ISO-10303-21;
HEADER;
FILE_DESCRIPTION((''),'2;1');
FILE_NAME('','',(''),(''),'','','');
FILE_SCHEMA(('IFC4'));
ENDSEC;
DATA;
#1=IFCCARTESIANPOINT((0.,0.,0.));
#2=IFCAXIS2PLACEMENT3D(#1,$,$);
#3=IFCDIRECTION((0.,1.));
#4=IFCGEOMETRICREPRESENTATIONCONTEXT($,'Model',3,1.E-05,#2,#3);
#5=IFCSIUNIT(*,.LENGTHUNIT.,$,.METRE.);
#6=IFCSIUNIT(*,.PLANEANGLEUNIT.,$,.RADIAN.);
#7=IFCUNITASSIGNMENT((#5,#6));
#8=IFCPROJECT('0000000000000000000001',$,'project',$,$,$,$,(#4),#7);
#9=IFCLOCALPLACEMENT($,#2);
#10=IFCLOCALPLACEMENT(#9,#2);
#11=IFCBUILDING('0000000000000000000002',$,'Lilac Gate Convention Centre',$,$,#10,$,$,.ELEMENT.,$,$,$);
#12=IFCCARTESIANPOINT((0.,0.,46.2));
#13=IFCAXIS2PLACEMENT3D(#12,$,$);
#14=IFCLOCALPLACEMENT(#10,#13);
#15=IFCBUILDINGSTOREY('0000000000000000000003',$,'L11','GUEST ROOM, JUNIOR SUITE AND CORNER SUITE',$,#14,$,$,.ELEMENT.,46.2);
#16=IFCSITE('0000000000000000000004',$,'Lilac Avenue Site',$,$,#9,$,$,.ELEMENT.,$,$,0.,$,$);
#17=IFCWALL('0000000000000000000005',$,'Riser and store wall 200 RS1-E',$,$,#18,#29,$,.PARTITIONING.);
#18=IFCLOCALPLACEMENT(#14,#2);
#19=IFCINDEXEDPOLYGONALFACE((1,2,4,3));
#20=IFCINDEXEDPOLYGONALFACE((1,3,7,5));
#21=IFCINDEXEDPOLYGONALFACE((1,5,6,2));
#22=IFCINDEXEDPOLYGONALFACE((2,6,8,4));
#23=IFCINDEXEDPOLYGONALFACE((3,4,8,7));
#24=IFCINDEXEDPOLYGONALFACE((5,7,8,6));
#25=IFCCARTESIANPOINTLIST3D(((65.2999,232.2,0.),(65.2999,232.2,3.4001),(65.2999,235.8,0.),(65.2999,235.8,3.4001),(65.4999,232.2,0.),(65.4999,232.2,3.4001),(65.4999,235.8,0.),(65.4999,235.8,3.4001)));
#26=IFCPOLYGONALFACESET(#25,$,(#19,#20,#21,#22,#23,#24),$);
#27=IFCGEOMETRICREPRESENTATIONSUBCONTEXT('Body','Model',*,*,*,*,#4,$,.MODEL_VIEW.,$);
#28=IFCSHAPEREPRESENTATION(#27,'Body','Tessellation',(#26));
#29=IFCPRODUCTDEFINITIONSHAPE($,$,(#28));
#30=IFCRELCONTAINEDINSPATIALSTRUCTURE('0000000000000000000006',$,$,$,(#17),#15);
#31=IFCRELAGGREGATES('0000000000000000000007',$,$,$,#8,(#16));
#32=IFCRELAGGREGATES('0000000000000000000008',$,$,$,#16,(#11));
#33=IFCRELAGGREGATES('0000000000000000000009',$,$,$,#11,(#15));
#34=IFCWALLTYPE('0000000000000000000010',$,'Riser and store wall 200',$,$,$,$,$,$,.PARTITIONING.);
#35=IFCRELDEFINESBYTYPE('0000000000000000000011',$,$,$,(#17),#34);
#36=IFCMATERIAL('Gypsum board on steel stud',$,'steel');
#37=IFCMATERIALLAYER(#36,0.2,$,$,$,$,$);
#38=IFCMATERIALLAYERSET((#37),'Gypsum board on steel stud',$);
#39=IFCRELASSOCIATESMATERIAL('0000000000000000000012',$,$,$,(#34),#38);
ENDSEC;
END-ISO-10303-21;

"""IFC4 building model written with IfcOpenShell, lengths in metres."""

from ifc_helpers import new_model, si_unit, direction, frame, frame_2d, origin, place, context, subcontext, project, spatial, rectangle, extrude, material, layer, layer_set, type_object, element, save


model = new_model("IFC4")

# Units and contexts
model_context = context("Model", 3, precision=1e-05, world=origin(), true_north=direction((0.0, 1.0)))
body_context = subcontext(model_context, "Body", "Model", "MODEL_VIEW")
ifc_project = project(units=[si_unit("LENGTHUNIT", "METRE"), si_unit("PLANEANGLEUNIT", "RADIAN")], contexts=[model_context])

# Site, building, storey
site_placement = place(None, origin())
site = spatial("IfcSite", under=ifc_project, at=site_placement, Name="Lilac Avenue Site", CompositionType="ELEMENT", RefElevation=0.0)
building_placement = place(site_placement, origin())
building = spatial("IfcBuilding", under=site, at=building_placement, Name="Lilac Gate Convention Centre", CompositionType="ELEMENT")
storey_placement = place(building_placement, frame((0.0, 0.0, 46.2)))
storey = spatial("IfcBuildingStorey", under=building, at=storey_placement, Name="L11", Description="GUEST ROOM, JUNIOR SUITE AND CORNER SUITE", CompositionType="ELEMENT", Elevation=46.2)

# Shared definitions
ifc_material_1 = material(Name="Gypsum board on steel stud", Category="steel")
ifc_layer_1 = layer(ifc_material_1, 0.2)
ifc_layer_set_1 = layer_set([ifc_layer_1], Name="Gypsum board on steel stud")
wall_type_1 = type_object("IfcWallType", Name="Riser and store wall 200", PredefinedType="PARTITIONING", material=ifc_layer_set_1)

# Wall
wall_1_placement = place(storey_placement, frame((65.3999, 232.2, 0.0), z_axis=(0.0, 0.0, 1.0), x_axis=(0.0, 1.0, 0.0)))
element("IfcWall", 1, at=wall_1_placement, inside=storey, type_object=wall_type_1, Name="Riser and store wall 200 RS1-E", PredefinedType="PARTITIONING", context=body_context, shape_type="SweptSolid", body=[
    extrude(rectangle(XDim=3.6001, YDim=0.2, at=frame_2d((1.8, 0.0))), origin(), (0.0, 0.0, 1.0), 3.4001),
])

save(model, "model.ifc")
